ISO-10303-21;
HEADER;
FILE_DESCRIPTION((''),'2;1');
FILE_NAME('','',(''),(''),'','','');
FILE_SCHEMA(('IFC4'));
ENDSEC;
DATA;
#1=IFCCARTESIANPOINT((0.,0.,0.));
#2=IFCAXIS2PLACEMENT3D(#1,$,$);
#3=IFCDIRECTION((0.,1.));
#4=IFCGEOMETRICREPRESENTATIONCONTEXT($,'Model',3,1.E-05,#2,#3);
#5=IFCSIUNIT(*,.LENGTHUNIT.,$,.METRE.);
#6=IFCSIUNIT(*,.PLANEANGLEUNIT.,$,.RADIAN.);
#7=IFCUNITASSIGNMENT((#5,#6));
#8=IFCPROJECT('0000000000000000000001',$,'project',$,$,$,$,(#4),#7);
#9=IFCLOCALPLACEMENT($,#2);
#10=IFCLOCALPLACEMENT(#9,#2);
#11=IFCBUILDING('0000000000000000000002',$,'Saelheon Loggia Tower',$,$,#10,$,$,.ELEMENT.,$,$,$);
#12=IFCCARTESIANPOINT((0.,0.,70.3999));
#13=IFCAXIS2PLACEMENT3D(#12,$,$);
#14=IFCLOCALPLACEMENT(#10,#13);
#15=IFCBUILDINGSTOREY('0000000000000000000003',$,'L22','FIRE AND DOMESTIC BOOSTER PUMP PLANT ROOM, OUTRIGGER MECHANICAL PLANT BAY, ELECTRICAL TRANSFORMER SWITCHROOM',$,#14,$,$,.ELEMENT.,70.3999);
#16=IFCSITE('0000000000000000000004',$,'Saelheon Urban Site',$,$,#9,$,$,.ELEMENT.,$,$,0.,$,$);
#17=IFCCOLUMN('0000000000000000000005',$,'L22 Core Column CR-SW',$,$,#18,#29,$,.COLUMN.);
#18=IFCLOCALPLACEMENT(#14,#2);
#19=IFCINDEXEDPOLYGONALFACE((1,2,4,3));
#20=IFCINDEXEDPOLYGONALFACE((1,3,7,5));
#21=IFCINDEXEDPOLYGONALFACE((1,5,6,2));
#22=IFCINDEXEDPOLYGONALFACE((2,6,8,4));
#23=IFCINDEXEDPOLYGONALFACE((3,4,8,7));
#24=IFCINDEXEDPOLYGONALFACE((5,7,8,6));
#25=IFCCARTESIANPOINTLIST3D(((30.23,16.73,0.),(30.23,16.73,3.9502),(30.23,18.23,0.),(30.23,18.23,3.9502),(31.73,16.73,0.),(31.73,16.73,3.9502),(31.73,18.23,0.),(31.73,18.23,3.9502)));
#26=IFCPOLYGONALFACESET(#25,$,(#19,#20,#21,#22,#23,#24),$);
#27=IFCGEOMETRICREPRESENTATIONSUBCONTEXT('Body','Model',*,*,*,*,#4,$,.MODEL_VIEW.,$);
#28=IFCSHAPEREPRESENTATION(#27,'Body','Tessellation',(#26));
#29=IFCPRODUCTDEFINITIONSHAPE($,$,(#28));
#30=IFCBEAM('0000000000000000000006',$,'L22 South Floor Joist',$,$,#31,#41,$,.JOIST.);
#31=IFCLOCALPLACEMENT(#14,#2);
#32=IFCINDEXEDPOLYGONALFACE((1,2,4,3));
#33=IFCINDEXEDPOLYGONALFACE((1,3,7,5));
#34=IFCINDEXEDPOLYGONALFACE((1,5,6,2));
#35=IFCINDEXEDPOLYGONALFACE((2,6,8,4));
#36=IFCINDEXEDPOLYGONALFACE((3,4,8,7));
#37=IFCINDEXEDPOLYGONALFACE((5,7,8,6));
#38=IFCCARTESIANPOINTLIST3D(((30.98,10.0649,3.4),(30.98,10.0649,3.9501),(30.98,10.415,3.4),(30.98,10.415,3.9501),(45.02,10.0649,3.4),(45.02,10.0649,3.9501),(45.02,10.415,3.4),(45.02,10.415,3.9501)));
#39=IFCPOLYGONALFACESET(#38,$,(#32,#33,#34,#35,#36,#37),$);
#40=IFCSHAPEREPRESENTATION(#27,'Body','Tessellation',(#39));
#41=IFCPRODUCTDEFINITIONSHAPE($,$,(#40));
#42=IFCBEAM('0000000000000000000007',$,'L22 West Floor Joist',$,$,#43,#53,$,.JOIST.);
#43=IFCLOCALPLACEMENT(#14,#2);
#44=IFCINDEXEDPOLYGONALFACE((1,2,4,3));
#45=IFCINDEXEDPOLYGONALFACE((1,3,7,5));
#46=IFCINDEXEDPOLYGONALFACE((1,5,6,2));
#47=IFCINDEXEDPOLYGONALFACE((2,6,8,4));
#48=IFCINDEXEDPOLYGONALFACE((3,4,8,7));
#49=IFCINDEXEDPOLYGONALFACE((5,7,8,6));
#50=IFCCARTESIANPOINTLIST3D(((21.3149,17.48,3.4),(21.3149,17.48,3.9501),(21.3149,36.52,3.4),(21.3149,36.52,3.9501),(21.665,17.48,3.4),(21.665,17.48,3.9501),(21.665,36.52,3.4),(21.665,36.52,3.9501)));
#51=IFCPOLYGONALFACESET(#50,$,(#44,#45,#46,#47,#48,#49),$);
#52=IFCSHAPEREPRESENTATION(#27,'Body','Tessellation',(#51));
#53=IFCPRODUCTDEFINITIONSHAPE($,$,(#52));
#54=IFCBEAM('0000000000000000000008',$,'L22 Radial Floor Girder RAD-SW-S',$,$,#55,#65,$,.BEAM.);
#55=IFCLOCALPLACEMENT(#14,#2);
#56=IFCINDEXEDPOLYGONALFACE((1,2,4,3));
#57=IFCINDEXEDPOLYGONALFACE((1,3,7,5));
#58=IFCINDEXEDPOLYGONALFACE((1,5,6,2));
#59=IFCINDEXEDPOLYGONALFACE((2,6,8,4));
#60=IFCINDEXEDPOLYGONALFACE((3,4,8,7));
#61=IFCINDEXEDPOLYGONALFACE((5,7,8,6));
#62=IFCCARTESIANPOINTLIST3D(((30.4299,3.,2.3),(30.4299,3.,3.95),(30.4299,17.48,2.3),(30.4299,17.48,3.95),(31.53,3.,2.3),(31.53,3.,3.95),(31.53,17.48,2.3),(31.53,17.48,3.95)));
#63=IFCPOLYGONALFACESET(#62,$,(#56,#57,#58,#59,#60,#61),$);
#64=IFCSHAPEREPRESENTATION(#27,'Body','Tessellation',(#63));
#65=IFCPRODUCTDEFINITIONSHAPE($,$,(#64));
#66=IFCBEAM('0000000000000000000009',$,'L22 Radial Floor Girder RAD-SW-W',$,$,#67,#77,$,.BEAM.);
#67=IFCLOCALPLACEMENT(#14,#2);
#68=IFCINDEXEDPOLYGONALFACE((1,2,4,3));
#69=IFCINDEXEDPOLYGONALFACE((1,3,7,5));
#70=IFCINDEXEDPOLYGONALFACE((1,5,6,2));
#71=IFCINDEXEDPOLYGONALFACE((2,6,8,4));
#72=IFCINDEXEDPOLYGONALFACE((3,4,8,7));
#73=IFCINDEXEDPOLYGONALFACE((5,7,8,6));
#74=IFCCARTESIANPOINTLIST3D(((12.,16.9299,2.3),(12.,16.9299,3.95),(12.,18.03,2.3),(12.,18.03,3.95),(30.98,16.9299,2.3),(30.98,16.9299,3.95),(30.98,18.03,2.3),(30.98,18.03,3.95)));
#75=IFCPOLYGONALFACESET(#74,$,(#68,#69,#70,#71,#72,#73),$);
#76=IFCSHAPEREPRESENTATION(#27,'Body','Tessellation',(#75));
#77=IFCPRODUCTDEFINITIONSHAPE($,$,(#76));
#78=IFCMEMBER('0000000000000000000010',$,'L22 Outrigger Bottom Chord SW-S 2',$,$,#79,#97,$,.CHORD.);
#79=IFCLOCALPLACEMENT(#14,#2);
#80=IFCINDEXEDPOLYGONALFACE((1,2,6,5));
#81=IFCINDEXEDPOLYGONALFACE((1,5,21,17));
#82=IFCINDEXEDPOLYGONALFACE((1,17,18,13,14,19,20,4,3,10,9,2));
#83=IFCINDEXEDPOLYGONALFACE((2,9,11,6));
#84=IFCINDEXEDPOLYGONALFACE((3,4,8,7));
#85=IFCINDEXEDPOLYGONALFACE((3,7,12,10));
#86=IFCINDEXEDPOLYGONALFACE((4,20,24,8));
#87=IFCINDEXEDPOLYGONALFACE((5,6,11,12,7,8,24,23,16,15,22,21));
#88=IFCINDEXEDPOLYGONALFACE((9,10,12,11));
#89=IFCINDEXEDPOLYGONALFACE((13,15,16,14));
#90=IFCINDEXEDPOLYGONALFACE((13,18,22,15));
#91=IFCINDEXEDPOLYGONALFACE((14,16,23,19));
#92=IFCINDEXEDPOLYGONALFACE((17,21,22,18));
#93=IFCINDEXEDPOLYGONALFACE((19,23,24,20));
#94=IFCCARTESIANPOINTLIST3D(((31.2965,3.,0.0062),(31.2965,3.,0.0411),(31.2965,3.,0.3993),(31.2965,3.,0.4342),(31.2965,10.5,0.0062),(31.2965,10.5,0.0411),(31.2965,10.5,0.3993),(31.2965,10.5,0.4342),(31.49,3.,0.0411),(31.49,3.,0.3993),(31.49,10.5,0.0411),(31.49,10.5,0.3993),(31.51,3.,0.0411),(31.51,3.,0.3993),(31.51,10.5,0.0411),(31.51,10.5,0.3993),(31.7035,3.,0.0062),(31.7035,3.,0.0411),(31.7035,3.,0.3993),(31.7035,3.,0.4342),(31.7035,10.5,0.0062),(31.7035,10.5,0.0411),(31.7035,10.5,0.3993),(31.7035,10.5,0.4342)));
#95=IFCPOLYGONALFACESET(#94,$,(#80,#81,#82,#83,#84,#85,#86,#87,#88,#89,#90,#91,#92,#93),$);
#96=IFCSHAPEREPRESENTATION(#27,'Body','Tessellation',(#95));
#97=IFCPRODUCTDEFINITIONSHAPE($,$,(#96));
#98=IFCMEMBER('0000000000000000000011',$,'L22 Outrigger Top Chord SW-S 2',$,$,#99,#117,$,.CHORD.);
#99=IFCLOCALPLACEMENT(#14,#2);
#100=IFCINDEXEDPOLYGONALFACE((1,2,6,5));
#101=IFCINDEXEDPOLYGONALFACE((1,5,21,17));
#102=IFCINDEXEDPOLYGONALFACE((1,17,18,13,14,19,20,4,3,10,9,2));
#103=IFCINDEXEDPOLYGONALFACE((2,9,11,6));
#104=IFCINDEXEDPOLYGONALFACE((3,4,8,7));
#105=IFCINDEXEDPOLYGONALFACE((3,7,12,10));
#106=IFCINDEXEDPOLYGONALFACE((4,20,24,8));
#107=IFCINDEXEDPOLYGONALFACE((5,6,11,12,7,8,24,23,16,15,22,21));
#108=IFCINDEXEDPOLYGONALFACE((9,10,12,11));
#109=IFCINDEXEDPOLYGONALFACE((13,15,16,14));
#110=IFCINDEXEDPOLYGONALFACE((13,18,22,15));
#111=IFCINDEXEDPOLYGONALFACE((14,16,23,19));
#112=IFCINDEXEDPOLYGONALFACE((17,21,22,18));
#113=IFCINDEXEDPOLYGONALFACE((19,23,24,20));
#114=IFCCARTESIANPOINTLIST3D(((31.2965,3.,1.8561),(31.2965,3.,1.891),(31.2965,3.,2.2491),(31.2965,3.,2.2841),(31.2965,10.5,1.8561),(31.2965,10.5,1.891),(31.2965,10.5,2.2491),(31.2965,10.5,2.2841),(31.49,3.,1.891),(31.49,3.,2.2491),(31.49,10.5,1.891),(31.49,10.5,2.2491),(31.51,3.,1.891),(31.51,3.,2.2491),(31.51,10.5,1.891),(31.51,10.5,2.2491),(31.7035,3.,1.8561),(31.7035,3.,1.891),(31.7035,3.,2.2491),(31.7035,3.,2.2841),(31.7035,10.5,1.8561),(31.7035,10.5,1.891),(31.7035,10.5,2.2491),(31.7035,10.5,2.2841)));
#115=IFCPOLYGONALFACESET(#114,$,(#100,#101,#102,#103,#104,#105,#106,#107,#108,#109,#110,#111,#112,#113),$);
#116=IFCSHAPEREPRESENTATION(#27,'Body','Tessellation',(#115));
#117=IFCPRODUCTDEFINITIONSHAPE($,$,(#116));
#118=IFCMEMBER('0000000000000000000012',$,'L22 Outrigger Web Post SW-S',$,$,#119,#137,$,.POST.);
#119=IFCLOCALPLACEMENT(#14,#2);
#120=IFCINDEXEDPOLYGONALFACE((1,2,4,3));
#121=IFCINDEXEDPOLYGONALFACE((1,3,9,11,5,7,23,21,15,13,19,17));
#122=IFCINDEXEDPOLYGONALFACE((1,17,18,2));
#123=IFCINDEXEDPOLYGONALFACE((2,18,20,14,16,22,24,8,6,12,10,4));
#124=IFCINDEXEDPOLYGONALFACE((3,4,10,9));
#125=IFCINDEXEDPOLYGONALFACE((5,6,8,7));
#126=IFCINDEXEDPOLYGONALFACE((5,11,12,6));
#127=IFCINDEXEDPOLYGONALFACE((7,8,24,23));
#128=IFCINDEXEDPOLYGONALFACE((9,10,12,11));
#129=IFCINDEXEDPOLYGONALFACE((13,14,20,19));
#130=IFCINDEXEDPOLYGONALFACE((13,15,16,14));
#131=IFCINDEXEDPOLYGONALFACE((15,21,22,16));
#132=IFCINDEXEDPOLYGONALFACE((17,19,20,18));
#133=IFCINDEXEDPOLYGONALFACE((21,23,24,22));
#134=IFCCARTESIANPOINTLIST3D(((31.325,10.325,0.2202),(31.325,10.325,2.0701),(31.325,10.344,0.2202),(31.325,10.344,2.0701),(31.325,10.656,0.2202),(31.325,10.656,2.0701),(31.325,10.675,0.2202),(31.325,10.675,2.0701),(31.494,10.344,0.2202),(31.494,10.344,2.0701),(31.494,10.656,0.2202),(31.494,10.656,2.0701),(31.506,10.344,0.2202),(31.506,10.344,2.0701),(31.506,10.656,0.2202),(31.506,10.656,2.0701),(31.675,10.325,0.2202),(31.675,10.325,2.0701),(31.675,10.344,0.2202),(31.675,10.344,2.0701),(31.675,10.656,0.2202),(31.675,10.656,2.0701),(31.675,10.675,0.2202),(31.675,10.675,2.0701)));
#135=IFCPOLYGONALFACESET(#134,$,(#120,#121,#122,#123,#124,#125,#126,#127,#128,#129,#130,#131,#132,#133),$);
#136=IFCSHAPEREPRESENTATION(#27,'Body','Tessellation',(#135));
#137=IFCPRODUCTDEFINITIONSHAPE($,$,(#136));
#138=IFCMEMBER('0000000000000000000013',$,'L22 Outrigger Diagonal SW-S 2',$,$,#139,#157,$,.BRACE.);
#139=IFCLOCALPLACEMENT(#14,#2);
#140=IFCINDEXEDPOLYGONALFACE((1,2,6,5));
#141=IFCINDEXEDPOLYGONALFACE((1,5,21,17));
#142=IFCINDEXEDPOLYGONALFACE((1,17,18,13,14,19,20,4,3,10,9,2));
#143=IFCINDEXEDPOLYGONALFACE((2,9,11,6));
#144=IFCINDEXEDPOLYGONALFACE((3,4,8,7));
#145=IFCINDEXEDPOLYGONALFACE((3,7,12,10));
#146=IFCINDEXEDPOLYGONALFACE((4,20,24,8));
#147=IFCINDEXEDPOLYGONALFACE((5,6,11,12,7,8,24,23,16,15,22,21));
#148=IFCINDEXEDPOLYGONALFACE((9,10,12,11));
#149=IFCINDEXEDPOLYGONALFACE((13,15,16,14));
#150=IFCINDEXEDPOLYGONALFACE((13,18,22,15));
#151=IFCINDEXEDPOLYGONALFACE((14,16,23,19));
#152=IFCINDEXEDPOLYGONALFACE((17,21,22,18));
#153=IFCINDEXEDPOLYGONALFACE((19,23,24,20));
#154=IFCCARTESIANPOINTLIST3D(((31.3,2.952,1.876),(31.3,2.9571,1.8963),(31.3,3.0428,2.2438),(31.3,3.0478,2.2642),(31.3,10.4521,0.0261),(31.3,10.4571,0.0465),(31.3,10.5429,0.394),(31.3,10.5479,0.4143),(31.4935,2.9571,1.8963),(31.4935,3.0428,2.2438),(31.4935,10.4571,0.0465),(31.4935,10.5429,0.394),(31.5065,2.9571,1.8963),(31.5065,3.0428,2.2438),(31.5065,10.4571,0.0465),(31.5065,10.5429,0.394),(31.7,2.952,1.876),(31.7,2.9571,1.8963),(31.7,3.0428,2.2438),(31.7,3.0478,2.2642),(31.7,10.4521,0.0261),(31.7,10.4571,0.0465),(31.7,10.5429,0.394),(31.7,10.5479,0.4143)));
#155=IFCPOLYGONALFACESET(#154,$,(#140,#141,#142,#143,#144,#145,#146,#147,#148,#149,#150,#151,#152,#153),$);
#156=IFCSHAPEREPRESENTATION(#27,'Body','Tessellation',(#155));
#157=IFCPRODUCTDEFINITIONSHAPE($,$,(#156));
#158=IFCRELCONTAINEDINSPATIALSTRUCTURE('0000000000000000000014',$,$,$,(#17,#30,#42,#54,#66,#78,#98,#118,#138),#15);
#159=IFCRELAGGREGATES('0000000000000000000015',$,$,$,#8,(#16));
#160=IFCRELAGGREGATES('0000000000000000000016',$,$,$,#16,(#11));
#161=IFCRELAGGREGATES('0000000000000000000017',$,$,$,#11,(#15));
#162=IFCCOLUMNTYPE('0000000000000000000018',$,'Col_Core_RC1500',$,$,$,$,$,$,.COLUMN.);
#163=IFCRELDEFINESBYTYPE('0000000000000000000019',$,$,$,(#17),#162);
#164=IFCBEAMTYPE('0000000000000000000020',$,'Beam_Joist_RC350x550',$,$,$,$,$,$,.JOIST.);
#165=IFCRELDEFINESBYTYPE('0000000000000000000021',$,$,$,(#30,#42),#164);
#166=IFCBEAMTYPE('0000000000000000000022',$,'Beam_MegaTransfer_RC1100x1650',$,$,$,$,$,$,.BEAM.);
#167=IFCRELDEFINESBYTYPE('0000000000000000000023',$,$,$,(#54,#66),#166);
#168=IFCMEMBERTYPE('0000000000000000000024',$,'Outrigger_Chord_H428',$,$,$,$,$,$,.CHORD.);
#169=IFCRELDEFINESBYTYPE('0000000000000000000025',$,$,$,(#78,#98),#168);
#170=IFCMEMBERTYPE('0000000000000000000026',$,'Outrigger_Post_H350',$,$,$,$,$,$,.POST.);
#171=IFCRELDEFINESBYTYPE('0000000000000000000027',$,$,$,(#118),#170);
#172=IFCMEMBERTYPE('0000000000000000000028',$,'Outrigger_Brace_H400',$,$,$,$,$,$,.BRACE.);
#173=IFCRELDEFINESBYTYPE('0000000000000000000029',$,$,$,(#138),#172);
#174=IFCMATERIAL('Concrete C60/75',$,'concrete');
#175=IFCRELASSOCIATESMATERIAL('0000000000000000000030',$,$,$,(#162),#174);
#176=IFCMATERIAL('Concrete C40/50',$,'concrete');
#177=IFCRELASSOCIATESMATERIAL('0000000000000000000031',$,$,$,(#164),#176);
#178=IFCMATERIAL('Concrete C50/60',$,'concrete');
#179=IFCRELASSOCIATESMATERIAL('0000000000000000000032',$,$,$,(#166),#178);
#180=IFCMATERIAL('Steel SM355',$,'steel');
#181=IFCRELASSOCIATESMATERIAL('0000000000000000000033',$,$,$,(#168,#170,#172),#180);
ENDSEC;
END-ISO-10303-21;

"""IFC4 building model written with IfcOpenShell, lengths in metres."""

from ifc_helpers import new_model, si_unit, direction, frame, origin, origin_2d, place, context, subcontext, project, spatial, rectangle, i_section, extrude, source, transform, mapped, material, material_profile, profile_set, type_object, element, save


model = new_model("IFC4")

# Units and contexts
model_context = context("Model", 3, precision=1e-05, world=origin(), true_north=direction((0.0, 1.0)))
body_context = subcontext(model_context, "Body", "Model", "MODEL_VIEW")
ifc_project = project(units=[si_unit("LENGTHUNIT", "METRE"), si_unit("PLANEANGLEUNIT", "RADIAN")], contexts=[model_context])

# Site, building, storey
site_placement = place(None, origin())
site = spatial("IfcSite", under=ifc_project, at=site_placement, Name="Saelheon Urban Site", CompositionType="ELEMENT", RefElevation=0.0)
building_placement = place(site_placement, origin())
building = spatial("IfcBuilding", under=site, at=building_placement, Name="Saelheon Loggia Tower", CompositionType="ELEMENT")
storey_placement = place(building_placement, frame((0.0, 0.0, 70.3999)))
storey = spatial("IfcBuildingStorey", under=building, at=storey_placement, Name="L22", Description="FIRE AND DOMESTIC BOOSTER PUMP PLANT ROOM, OUTRIGGER MECHANICAL PLANT BAY, ELECTRICAL TRANSFORMER SWITCHROOM", CompositionType="ELEMENT", Elevation=70.3999)

# Column
ifc_material_1 = material(Name="Concrete C60/75", Category="concrete")
ifc_material_profile_1 = material_profile(ifc_material_1, rectangle(XDim=1.5, YDim=1.5, at=origin_2d()), Name="RC-1500x1500")
ifc_profile_set_1 = profile_set([ifc_material_profile_1], Name="Concrete C60/75")
column_type = type_object("IfcColumnType", Name="Col_Core_RC1500", PredefinedType="COLUMN", material=ifc_profile_set_1)
shared_shape_1 = source(origin(), body_context, "Body", "SweptSolid", [
    extrude(rectangle(XDim=1.5, YDim=1.5, at=origin_2d()), origin(), (0.0, 0.0, 1.0), 3.9502),
])
column_placement = place(storey_placement, frame((30.98, 17.48, 0.0), z_axis=(0.0, 0.0, 1.0), x_axis=(1.0, 0.0, 0.0)))
element("IfcColumn", 1, at=column_placement, inside=storey, type_object=column_type, Name="L22 Core Column CR-SW", PredefinedType="COLUMN", context=body_context, shape_type="MappedRepresentation", body=[
    mapped(shared_shape_1, transform((0.0, 0.0, 0.0), scale=1.0)),
])

# Beams
ifc_material_2 = material(Name="Concrete C40/50", Category="concrete")
ifc_material_profile_2 = material_profile(ifc_material_2, rectangle(XDim=0.3501, YDim=0.55, at=origin_2d()), Name="RC-350x550")
ifc_profile_set_2 = profile_set([ifc_material_profile_2], Name="Concrete C40/50")
beam_type_1 = type_object("IfcBeamType", Name="Beam_Joist_RC350x550", PredefinedType="JOIST", material=ifc_profile_set_2)
shared_shape_2 = source(origin(), body_context, "Body", "SweptSolid", [
    extrude(rectangle(XDim=0.3501, YDim=0.55, at=origin_2d()), origin(), (0.0, 0.0, 1.0), 14.04),
])
beam_1_placement = place(storey_placement, frame((30.98, 10.24, 3.675), z_axis=(1.0, 0.0, 0.0), x_axis=(0.0, 1.0, 0.0)))
element("IfcBeam", 2, at=beam_1_placement, inside=storey, type_object=beam_type_1, Name="L22 South Floor Joist", PredefinedType="JOIST", context=body_context, shape_type="MappedRepresentation", body=[
    mapped(shared_shape_2, transform((0.0, 0.0, 0.0), scale=1.0)),
])
shared_shape_3 = source(origin(), body_context, "Body", "SweptSolid", [
    extrude(rectangle(XDim=0.3501, YDim=0.55, at=origin_2d()), origin(), (0.0, 0.0, 1.0), 19.04),
])
beam_2_placement = place(storey_placement, frame((21.49, 17.48, 3.675), z_axis=(0.0, 1.0, 0.0), x_axis=(-1.0, 0.0, 0.0)))
element("IfcBeam", 3, at=beam_2_placement, inside=storey, type_object=beam_type_1, Name="L22 West Floor Joist", PredefinedType="JOIST", context=body_context, shape_type="MappedRepresentation", body=[
    mapped(shared_shape_3, transform((0.0, 0.0, 0.0), scale=1.0)),
])
ifc_material_3 = material(Name="Concrete C50/60", Category="concrete")
ifc_material_profile_3 = material_profile(ifc_material_3, rectangle(XDim=1.1001, YDim=1.6499, at=origin_2d()), Name="RC-1100x1650")
ifc_profile_set_3 = profile_set([ifc_material_profile_3], Name="Concrete C50/60")
beam_type_2 = type_object("IfcBeamType", Name="Beam_MegaTransfer_RC1100x1650", PredefinedType="BEAM", material=ifc_profile_set_3)
shared_shape_4 = source(origin(), body_context, "Body", "SweptSolid", [
    extrude(rectangle(XDim=1.1001, YDim=1.6499, at=origin_2d()), origin(), (0.0, 0.0, 1.0), 14.48),
])
beam_3_placement = place(storey_placement, frame((30.98, 17.48, 3.125), z_axis=(0.0, -1.0, 0.0), x_axis=(1.0, 0.0, 0.0)))
element("IfcBeam", 4, at=beam_3_placement, inside=storey, type_object=beam_type_2, Name="L22 Radial Floor Girder RAD-SW-S", PredefinedType="BEAM", context=body_context, shape_type="MappedRepresentation", body=[
    mapped(shared_shape_4, transform((0.0, 0.0, 0.0), scale=1.0)),
])
shared_shape_5 = source(origin(), body_context, "Body", "SweptSolid", [
    extrude(rectangle(XDim=1.1001, YDim=1.6499, at=origin_2d()), origin(), (0.0, 0.0, 1.0), 18.98),
])
beam_4_placement = place(storey_placement, frame((30.98, 17.48, 3.125), z_axis=(-1.0, 0.0, 0.0), x_axis=(0.0, -1.0, 0.0)))
element("IfcBeam", 5, at=beam_4_placement, inside=storey, type_object=beam_type_2, Name="L22 Radial Floor Girder RAD-SW-W", PredefinedType="BEAM", context=body_context, shape_type="MappedRepresentation", body=[
    mapped(shared_shape_5, transform((0.0, 0.0, 0.0), scale=1.0)),
])

# Members
ifc_material_4 = material(Name="Steel SM355", Category="steel")
ifc_material_profile_4 = material_profile(ifc_material_4, i_section(OverallWidth=0.407, OverallDepth=0.428, WebThickness=0.02, FlangeThickness=0.0349, at=origin_2d()), Name="H-428x407x20x35")
ifc_profile_set_4 = profile_set([ifc_material_profile_4], Name="Steel SM355")
member_type_1 = type_object("IfcMemberType", Name="Outrigger_Chord_H428", PredefinedType="CHORD", material=ifc_profile_set_4)
shared_shape_6 = source(origin(), body_context, "Body", "SweptSolid", [
    extrude(i_section(OverallWidth=0.407, OverallDepth=0.428, WebThickness=0.02, FlangeThickness=0.0349, at=origin_2d()), origin(), (0.0, 0.0, 1.0), 7.5),
])
for number, where, z_axis, x_axis, name in (
    (6, (31.5, 10.5, 0.2202), (0.0, -1.0, 0.0), (1.0, 0.0, 0.0), "L22 Outrigger Bottom Chord SW-S 2"),
    (7, (31.5, 10.5, 2.0701), (0.0, -1.0, 0.0), (1.0, 0.0, 0.0), "L22 Outrigger Top Chord SW-S 2"),
):
    element("IfcMember", number, at=place(storey_placement, frame(where, z_axis=z_axis, x_axis=x_axis)), inside=storey, type_object=member_type_1, Name=name, PredefinedType="CHORD", context=body_context, shape_type="MappedRepresentation", body=[
        mapped(shared_shape_6, transform((0.0, 0.0, 0.0), scale=1.0)),
    ])
ifc_material_profile_5 = material_profile(ifc_material_4, i_section(OverallWidth=0.3501, OverallDepth=0.3501, WebThickness=0.012, FlangeThickness=0.019, at=origin_2d()), Name="H-350x350x12x19")
ifc_profile_set_5 = profile_set([ifc_material_profile_5], Name="Steel SM355")
member_type_2 = type_object("IfcMemberType", Name="Outrigger_Post_H350", PredefinedType="POST", material=ifc_profile_set_5)
shared_shape_7 = source(origin(), body_context, "Body", "SweptSolid", [
    extrude(i_section(OverallWidth=0.3501, OverallDepth=0.3501, WebThickness=0.012, FlangeThickness=0.019, at=origin_2d()), origin(), (0.0, 0.0, 1.0), 1.8499),
])
member_1_placement = place(storey_placement, frame((31.5, 10.5, 0.2202), z_axis=(0.0, 0.0, 1.0), x_axis=(1.0, 0.0, 0.0)))
element("IfcMember", 8, at=member_1_placement, inside=storey, type_object=member_type_2, Name="L22 Outrigger Web Post SW-S", PredefinedType="POST", context=body_context, shape_type="MappedRepresentation", body=[
    mapped(shared_shape_7, transform((0.0, 0.0, 0.0), scale=1.0)),
])
ifc_material_profile_6 = material_profile(ifc_material_4, i_section(OverallWidth=0.3999, OverallDepth=0.3999, WebThickness=0.0129, FlangeThickness=0.021, at=origin_2d()), Name="H-400x400x13x21")
ifc_profile_set_6 = profile_set([ifc_material_profile_6], Name="Steel SM355")
member_type_3 = type_object("IfcMemberType", Name="Outrigger_Brace_H400", PredefinedType="BRACE", material=ifc_profile_set_6)
shared_shape_8 = source(origin(), body_context, "Body", "SweptSolid", [
    extrude(i_section(OverallWidth=0.3999, OverallDepth=0.3999, WebThickness=0.0129, FlangeThickness=0.021, at=origin_2d()), origin(), (0.0, 0.0, 1.0), 7.7249),
])
member_2_placement = place(storey_placement, frame((31.5, 10.5, 0.2202), z_axis=(0.0, -0.970904, 0.239471), x_axis=(1.0, 0.0, 0.0)))
element("IfcMember", 9, at=member_2_placement, inside=storey, type_object=member_type_3, Name="L22 Outrigger Diagonal SW-S 2", PredefinedType="BRACE", context=body_context, shape_type="MappedRepresentation", body=[
    mapped(shared_shape_8, transform((0.0, 0.0, 0.0), scale=1.0)),
])

save(model, "model.ifc")
